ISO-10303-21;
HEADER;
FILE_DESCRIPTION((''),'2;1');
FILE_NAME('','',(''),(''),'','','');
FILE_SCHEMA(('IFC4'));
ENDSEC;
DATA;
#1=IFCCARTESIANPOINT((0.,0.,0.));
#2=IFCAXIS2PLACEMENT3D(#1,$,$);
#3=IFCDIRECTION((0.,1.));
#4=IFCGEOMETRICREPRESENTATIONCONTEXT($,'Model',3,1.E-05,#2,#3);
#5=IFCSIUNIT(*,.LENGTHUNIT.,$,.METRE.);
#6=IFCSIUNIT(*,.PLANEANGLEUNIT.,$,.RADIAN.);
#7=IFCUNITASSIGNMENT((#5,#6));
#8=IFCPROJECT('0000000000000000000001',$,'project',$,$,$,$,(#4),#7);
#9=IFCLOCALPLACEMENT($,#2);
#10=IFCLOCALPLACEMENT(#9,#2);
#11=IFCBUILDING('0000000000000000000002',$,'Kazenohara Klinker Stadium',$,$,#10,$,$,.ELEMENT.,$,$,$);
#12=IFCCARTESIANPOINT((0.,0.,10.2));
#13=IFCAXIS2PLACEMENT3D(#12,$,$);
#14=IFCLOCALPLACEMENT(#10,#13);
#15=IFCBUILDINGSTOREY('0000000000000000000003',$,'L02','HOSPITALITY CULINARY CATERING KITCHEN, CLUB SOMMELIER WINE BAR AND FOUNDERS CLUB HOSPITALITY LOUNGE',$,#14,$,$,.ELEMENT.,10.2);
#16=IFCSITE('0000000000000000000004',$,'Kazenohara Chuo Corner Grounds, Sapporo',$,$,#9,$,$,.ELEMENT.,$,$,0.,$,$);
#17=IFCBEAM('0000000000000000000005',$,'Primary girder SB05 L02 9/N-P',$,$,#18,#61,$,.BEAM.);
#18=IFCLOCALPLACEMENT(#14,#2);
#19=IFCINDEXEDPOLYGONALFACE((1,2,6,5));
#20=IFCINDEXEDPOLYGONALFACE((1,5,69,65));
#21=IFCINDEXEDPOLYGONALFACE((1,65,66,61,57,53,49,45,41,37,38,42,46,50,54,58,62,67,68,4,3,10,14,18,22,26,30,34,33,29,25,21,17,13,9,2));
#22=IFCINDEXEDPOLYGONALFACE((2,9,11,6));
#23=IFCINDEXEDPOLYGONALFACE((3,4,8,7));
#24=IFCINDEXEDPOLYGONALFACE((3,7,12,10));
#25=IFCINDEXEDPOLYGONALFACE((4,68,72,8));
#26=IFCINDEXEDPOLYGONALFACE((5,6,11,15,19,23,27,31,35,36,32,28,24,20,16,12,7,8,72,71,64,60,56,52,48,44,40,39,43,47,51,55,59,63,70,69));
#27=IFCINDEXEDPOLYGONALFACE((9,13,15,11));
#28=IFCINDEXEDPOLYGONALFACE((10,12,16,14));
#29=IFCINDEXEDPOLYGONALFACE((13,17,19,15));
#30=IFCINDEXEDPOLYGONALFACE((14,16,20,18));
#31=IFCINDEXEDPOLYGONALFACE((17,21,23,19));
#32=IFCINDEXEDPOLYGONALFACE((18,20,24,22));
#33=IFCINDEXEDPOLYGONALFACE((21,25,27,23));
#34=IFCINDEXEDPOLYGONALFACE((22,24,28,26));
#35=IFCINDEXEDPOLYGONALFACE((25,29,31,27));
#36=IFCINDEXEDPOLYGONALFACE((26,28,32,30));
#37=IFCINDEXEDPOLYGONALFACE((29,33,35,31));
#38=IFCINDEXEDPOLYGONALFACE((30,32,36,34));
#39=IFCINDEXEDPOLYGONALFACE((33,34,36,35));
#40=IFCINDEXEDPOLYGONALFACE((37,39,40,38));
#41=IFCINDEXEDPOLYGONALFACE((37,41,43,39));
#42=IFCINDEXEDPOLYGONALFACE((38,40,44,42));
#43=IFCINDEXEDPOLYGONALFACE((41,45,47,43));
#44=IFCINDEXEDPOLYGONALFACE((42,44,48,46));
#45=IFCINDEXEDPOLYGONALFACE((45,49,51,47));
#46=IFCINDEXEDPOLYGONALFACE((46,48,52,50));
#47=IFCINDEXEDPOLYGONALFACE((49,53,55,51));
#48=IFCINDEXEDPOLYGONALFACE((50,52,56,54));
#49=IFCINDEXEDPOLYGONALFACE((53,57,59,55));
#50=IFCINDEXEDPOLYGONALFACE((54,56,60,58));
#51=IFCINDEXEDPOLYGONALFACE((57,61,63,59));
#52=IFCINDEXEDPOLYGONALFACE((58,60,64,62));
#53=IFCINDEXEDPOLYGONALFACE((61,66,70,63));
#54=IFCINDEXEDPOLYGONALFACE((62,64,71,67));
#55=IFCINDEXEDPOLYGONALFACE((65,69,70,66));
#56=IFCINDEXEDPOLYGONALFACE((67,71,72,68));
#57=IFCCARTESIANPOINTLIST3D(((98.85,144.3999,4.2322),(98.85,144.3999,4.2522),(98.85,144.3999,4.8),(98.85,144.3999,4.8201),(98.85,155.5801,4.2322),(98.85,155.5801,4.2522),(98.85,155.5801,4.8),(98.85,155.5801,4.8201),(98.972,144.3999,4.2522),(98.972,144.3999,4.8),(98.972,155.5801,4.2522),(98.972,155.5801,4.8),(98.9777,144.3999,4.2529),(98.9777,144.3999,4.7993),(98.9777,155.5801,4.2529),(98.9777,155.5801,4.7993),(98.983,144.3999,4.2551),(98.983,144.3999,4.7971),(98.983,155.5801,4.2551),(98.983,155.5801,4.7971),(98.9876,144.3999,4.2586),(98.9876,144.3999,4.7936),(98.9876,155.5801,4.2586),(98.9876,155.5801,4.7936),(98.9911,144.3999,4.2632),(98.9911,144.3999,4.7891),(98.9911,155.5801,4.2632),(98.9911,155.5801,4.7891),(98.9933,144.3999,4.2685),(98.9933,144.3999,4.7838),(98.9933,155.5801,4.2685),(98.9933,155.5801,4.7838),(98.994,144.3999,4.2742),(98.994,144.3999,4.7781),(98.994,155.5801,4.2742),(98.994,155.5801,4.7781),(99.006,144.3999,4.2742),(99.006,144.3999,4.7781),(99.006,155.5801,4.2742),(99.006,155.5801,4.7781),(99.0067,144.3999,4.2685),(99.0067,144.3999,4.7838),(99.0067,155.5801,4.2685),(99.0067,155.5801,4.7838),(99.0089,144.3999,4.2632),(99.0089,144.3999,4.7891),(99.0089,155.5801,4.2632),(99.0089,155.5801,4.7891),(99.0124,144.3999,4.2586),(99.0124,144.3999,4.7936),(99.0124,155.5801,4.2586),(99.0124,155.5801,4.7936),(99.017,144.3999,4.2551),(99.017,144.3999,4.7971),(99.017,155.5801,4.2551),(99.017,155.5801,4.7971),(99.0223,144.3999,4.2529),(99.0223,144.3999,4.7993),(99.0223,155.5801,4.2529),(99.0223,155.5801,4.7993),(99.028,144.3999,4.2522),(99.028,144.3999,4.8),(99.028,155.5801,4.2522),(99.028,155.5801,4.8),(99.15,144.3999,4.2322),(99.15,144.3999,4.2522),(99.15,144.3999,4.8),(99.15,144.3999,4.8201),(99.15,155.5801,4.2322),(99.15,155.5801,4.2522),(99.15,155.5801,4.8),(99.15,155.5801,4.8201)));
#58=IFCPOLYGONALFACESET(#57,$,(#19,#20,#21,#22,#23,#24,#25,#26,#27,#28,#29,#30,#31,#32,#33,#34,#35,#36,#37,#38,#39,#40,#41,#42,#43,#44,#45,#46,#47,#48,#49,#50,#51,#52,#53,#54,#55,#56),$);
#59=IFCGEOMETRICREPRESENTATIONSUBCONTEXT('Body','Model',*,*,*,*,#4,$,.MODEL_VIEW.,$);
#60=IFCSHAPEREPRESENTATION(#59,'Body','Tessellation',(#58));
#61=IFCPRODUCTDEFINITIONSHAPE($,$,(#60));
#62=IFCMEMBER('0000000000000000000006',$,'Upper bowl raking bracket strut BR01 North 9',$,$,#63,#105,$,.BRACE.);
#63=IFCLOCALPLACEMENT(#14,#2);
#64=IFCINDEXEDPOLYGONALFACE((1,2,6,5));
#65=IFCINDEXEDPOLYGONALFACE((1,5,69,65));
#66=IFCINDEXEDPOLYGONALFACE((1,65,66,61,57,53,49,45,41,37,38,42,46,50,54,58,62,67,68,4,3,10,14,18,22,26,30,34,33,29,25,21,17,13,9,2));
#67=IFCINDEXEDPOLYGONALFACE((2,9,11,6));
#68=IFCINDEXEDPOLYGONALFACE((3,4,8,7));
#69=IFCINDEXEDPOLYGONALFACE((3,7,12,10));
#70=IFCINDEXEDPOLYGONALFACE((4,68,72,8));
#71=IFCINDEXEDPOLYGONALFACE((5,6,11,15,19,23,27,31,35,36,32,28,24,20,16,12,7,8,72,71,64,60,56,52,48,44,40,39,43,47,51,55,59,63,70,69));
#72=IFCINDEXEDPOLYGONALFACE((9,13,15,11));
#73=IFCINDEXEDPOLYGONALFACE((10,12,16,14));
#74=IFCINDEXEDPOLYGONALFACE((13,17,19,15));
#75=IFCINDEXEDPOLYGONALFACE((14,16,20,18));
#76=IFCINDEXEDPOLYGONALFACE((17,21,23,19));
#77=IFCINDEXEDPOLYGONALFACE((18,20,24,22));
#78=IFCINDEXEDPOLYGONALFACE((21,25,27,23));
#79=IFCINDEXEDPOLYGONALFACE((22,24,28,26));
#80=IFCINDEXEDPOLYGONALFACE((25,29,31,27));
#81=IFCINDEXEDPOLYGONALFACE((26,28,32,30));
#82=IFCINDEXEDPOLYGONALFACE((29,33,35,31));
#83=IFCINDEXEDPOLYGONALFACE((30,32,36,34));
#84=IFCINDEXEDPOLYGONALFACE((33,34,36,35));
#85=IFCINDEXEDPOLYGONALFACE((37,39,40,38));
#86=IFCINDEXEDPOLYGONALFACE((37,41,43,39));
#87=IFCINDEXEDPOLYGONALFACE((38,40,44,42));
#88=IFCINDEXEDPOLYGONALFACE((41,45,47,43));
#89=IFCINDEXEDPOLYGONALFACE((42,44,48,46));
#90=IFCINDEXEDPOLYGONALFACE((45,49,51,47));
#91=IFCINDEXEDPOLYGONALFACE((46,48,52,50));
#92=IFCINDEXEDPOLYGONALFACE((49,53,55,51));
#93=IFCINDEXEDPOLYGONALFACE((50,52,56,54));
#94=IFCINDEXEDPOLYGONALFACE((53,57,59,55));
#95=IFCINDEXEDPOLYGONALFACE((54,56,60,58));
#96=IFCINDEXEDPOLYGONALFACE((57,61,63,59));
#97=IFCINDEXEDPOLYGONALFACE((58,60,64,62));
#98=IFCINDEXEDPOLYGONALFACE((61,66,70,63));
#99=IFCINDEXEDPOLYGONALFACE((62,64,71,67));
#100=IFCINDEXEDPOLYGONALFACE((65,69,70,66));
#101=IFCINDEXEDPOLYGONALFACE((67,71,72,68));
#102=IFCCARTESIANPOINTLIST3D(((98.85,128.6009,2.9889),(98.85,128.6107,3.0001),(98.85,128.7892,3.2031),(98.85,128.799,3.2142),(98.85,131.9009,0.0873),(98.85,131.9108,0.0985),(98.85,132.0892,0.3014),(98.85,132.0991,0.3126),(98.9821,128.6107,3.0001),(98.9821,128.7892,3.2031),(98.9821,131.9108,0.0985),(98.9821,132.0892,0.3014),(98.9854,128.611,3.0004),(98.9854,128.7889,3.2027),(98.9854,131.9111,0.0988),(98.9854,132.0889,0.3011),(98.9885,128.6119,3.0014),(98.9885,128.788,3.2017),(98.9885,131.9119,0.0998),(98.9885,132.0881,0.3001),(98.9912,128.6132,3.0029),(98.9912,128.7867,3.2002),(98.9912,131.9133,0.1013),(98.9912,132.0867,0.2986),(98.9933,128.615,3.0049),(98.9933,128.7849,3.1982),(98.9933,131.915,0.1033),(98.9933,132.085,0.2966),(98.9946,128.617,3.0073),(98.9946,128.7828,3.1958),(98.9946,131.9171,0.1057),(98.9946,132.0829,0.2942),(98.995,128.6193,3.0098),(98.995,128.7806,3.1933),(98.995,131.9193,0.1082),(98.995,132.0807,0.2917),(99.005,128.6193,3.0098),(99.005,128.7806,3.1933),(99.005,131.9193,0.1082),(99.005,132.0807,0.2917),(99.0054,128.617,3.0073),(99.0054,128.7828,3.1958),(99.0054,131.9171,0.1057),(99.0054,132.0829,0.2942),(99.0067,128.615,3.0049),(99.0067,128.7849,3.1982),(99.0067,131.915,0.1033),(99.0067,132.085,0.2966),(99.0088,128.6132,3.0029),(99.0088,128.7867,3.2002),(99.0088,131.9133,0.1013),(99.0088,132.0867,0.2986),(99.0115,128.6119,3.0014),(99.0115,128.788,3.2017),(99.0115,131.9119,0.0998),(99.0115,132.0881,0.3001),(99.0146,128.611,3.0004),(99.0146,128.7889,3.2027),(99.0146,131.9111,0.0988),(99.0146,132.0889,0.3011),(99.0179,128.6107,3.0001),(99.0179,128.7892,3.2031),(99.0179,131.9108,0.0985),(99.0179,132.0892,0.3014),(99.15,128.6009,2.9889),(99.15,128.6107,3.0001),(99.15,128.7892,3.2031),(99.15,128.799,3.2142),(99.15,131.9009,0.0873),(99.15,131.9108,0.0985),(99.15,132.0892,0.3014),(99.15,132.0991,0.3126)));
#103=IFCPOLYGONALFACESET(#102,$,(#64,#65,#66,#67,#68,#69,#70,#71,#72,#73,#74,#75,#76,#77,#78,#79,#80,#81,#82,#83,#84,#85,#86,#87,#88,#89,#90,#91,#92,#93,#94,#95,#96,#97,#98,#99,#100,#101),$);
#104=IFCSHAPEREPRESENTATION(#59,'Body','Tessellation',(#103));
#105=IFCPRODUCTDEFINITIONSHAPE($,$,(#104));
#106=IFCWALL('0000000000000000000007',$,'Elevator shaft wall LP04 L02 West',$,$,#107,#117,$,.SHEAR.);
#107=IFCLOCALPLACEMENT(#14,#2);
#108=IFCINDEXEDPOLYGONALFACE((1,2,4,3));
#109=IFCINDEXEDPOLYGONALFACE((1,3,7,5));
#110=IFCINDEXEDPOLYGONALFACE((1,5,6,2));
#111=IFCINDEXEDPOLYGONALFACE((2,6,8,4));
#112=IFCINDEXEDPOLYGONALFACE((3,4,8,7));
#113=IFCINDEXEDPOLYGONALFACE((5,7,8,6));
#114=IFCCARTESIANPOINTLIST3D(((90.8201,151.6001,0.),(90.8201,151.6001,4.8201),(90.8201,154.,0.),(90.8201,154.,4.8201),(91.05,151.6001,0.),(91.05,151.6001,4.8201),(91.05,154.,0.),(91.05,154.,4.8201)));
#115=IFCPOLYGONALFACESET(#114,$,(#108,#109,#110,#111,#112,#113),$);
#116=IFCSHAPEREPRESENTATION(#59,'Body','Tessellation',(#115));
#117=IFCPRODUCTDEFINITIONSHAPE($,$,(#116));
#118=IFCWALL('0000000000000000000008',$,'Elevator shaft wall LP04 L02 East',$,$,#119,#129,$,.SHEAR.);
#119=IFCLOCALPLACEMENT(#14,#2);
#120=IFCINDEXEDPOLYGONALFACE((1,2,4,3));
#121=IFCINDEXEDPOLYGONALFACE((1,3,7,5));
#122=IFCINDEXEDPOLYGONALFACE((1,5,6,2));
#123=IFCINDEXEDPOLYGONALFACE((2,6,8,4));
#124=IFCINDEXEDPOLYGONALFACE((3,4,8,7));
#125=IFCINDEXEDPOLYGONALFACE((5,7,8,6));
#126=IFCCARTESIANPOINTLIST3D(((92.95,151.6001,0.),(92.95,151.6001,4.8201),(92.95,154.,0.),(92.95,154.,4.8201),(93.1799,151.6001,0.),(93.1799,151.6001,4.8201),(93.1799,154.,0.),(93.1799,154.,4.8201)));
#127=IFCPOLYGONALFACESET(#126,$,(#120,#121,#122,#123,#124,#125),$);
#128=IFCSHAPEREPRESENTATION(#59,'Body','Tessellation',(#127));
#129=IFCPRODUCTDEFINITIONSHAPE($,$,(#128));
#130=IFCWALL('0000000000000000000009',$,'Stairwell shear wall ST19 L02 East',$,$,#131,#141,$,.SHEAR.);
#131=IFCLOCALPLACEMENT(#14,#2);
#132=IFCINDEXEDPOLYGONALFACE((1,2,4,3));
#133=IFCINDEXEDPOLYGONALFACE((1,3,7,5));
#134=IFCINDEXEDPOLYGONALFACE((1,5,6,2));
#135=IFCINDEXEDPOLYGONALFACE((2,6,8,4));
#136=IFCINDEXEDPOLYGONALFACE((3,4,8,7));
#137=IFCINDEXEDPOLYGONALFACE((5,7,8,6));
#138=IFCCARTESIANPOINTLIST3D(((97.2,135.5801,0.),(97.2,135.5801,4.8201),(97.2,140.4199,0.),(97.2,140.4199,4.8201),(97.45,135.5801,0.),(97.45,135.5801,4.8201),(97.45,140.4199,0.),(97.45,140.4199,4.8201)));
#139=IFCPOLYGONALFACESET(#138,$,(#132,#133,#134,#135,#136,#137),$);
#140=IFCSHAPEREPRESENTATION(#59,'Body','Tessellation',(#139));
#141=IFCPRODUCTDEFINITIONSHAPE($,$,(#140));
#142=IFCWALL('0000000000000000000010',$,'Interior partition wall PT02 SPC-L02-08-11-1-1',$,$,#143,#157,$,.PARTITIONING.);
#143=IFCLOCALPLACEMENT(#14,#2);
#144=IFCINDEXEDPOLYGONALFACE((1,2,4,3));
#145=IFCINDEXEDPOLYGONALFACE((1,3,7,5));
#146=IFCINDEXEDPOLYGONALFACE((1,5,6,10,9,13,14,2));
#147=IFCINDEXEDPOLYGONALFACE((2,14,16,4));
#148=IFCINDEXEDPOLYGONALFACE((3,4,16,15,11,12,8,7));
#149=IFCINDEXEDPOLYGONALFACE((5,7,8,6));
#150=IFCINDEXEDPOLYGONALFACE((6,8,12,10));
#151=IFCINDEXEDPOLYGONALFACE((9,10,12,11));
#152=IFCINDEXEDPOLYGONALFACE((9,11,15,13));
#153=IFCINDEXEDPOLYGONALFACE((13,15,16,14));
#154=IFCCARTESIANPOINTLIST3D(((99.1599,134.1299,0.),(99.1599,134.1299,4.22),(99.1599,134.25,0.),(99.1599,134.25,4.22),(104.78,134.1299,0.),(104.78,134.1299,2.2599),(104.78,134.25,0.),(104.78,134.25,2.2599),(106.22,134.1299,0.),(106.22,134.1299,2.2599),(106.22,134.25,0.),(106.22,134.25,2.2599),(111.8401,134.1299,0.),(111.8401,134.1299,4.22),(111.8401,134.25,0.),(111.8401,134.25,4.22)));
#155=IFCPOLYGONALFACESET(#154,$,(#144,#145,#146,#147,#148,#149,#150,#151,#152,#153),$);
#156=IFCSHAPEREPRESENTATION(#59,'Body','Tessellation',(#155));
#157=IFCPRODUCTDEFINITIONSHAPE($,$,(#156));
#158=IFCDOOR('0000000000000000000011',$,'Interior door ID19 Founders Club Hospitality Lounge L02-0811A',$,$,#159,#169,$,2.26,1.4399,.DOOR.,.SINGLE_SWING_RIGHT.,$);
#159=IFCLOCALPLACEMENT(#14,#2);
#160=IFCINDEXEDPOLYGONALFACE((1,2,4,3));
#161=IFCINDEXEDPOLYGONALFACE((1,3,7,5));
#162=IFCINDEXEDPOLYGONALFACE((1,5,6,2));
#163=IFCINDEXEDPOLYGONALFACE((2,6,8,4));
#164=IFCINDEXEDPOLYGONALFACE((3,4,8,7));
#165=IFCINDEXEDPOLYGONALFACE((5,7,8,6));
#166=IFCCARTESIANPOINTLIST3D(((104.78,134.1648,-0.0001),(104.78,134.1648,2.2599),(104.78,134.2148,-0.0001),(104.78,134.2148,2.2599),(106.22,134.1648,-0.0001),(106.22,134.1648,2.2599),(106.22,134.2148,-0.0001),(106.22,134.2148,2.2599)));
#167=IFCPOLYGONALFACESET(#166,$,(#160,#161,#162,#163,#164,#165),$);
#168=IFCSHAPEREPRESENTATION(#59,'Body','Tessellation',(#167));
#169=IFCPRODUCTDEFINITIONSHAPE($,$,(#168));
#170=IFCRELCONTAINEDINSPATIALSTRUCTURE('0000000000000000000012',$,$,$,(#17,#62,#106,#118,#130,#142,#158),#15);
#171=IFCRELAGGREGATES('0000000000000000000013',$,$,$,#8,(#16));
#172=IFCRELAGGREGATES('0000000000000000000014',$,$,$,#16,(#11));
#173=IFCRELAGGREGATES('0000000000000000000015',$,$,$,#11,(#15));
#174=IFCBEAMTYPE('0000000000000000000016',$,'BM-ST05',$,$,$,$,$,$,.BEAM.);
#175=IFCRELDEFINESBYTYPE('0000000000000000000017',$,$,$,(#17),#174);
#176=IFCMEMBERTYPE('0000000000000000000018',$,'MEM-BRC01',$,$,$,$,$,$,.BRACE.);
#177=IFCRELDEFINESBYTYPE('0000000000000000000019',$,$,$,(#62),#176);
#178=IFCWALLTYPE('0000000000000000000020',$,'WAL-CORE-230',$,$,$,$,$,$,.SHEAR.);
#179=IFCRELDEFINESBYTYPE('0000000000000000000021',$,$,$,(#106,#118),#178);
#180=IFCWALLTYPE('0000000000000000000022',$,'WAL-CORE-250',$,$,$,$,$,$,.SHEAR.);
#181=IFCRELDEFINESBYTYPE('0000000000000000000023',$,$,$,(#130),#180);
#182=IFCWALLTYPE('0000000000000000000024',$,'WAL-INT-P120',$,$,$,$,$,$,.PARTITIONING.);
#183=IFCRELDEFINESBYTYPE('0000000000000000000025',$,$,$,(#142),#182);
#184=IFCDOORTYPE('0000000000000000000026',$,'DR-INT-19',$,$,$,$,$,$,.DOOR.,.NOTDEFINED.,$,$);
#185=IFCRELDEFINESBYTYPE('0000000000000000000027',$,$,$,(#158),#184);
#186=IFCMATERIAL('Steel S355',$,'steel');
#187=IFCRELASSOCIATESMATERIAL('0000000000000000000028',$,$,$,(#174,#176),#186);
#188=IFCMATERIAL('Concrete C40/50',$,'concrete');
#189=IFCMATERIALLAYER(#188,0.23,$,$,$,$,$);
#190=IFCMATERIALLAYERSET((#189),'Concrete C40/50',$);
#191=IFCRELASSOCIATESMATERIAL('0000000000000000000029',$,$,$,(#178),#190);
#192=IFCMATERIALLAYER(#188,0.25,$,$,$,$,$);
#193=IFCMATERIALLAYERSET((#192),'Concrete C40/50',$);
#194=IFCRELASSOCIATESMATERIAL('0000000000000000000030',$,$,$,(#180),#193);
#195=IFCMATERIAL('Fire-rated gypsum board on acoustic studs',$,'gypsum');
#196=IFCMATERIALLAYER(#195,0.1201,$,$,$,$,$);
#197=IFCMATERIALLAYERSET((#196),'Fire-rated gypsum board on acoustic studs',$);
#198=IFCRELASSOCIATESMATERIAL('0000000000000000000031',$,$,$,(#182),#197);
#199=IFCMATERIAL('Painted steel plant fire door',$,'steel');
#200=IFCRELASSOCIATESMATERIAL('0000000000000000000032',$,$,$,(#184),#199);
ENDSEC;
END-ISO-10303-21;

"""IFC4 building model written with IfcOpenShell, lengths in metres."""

from ifc_helpers import new_model, si_unit, direction, frame, frame_2d, origin, origin_2d, place, context, subcontext, project, spatial, rectangle, i_section, extrude, material, layer, layer_set, material_profile, profile_set, type_object, element, fill, save


model = new_model("IFC4")

# Units and contexts
model_context = context("Model", 3, precision=1e-05, world=origin(), true_north=direction((0.0, 1.0)))
body_context = subcontext(model_context, "Body", "Model", "MODEL_VIEW")
ifc_project = project(units=[si_unit("LENGTHUNIT", "METRE"), si_unit("PLANEANGLEUNIT", "RADIAN")], contexts=[model_context])

# Site, building, storey
site_placement = place(None, origin())
site = spatial("IfcSite", under=ifc_project, at=site_placement, Name="Kazenohara Chuo Corner Grounds, Sapporo", CompositionType="ELEMENT", RefElevation=0.0)
building_placement = place(site_placement, origin())
building = spatial("IfcBuilding", under=site, at=building_placement, Name="Kazenohara Klinker Stadium", CompositionType="ELEMENT")
storey_placement = place(building_placement, frame((0.0, 0.0, 10.2)))
storey = spatial("IfcBuildingStorey", under=building, at=storey_placement, Name="L02", Description="HOSPITALITY CULINARY CATERING KITCHEN, CLUB SOMMELIER WINE BAR AND FOUNDERS CLUB HOSPITALITY LOUNGE", CompositionType="ELEMENT", Elevation=10.2)

# Shared definitions
ifc_material_1 = material(Name="Concrete C40/50", Category="concrete")

# Beam
ifc_material_2 = material(Name="Steel S355", Category="steel")
ifc_material_profile_1 = material_profile(ifc_material_2, i_section(OverallWidth=0.3, OverallDepth=0.5879, WebThickness=0.012, FlangeThickness=0.02, FilletRadius=0.022, at=origin_2d()), Name="H-588x300x12x20")
ifc_profile_set_1 = profile_set([ifc_material_profile_1], Name="Steel S355")
beam_type_1 = type_object("IfcBeamType", Name="BM-ST05", PredefinedType="BEAM", material=ifc_profile_set_1)
beam_1_placement = place(storey_placement, frame((99.0, 144.3999, 4.5261), z_axis=(0.0, 1.0, 0.0), x_axis=(-1.0, 0.0, 0.0)))
element("IfcBeam", 1, at=beam_1_placement, inside=storey, type_object=beam_type_1, Name="Primary girder SB05 L02 9/N-P", PredefinedType="BEAM", context=body_context, shape_type="SweptSolid", body=[
    extrude(i_section(OverallWidth=0.3, OverallDepth=0.5879, WebThickness=0.012, FlangeThickness=0.02, FilletRadius=0.022, at=origin_2d()), origin(), (0.0, 0.0, 1.0), 11.1802),
])

# Member
ifc_material_profile_2 = material_profile(ifc_material_2, i_section(OverallWidth=0.3, OverallDepth=0.3, WebThickness=0.01, FlangeThickness=0.0149, FilletRadius=0.0129, at=origin_2d()), Name="H-300x300x10x15")
ifc_profile_set_2 = profile_set([ifc_material_profile_2], Name="Steel S355")
member_type = type_object("IfcMemberType", Name="MEM-BRC01", PredefinedType="BRACE", material=ifc_profile_set_2)
member_placement = place(storey_placement, frame((99.0, 132.0, 0.2), z_axis=(0.0, -0.750988, 0.660316), x_axis=(1.0, 0.0, 0.0)))
element("IfcMember", 2, at=member_placement, inside=storey, type_object=member_type, Name="Upper bowl raking bracket strut BR01 North 9", PredefinedType="BRACE", context=body_context, shape_type="SweptSolid", body=[
    extrude(i_section(OverallWidth=0.3, OverallDepth=0.3, WebThickness=0.01, FlangeThickness=0.0149, FilletRadius=0.0129, at=origin_2d()), origin(), (0.0, 0.0, 1.0), 4.3943),
])

# Shared definitions
ifc_layer_1 = layer(ifc_material_1, 0.23)
ifc_layer_set_1 = layer_set([ifc_layer_1], Name="Concrete C40/50")
wall_type_1 = type_object("IfcWallType", Name="WAL-CORE-230", PredefinedType="SHEAR", material=ifc_layer_set_1)

# Walls
for number, where, z_axis, x_axis, name in (
    (3, (90.9351, 151.6001, 0.0), (0.0, 0.0, 1.0), (0.0, 1.0, 0.0), "Elevator shaft wall LP04 L02 West"),
    (4, (93.0649, 151.6001, 0.0), (0.0, 0.0, 1.0), (0.0, 1.0, 0.0), "Elevator shaft wall LP04 L02 East"),
):
    element("IfcWall", number, at=place(storey_placement, frame(where, z_axis=z_axis, x_axis=x_axis)), inside=storey, type_object=wall_type_1, Name=name, PredefinedType="SHEAR", context=body_context, shape_type="SweptSolid", body=[
        extrude(rectangle(XDim=2.3999, YDim=0.23, at=frame_2d((1.2, 0.0))), origin(), (0.0, 0.0, 1.0), 4.8201),
    ])
ifc_layer_2 = layer(ifc_material_1, 0.25)
ifc_layer_set_2 = layer_set([ifc_layer_2], Name="Concrete C40/50")
wall_type_2 = type_object("IfcWallType", Name="WAL-CORE-250", PredefinedType="SHEAR", material=ifc_layer_set_2)
wall_1_placement = place(storey_placement, frame((97.325, 135.5801, 0.0), z_axis=(0.0, 0.0, 1.0), x_axis=(0.0, 1.0, 0.0)))
element("IfcWall", 5, at=wall_1_placement, inside=storey, type_object=wall_type_2, Name="Stairwell shear wall ST19 L02 East", PredefinedType="SHEAR", context=body_context, shape_type="SweptSolid", body=[
    extrude(rectangle(XDim=4.8398, YDim=0.25, at=frame_2d((2.4199, 0.0))), origin(), (0.0, 0.0, 1.0), 4.8201),
])

# Wall, opening, door
ifc_material_3 = material(Name="Fire-rated gypsum board on acoustic studs", Category="gypsum")
ifc_layer_3 = layer(ifc_material_3, 0.1201)
ifc_layer_set_3 = layer_set([ifc_layer_3], Name="Fire-rated gypsum board on acoustic studs")
wall_type_3 = type_object("IfcWallType", Name="WAL-INT-P120", PredefinedType="PARTITIONING", material=ifc_layer_set_3)
wall_2_placement = place(storey_placement, frame((99.1599, 134.1899, 0.0), z_axis=(0.0, 0.0, 1.0), x_axis=(1.0, 0.0, 0.0)))
wall_2 = element("IfcWall", 6, at=wall_2_placement, inside=storey, type_object=wall_type_3, Name="Interior partition wall PT02 SPC-L02-08-11-1-1", PredefinedType="PARTITIONING", context=body_context, shape_type="SweptSolid", body=[
    extrude(rectangle(XDim=12.6802, YDim=0.1201, at=frame_2d((6.3401, 0.0))), origin(), (0.0, 0.0, 1.0), 4.22),
])
opening_1_placement = place(wall_2_placement, frame((5.6201, 0.0, 0.0)))
opening_1 = element("IfcOpeningElement", 7, at=opening_1_placement, cuts=wall_2, PredefinedType="OPENING", context=body_context, shape_type="SweptSolid", body=[
    extrude(rectangle(XDim=1.4399, YDim=2.26, at=frame_2d((0.72, 1.1299))), frame((0.0, 0.0701, 0.0), z_axis=(0.0, -1.0, 0.0), x_axis=(1.0, 0.0, 0.0)), (0.0, 0.0, 1.0), 0.1401),
])
ifc_material_4 = material(Name="Painted steel plant fire door", Category="steel")
door_type_1 = type_object("IfcDoorType", Name="DR-INT-19", OperationType="NOTDEFINED", PredefinedType="DOOR", material=ifc_material_4)
door_1_placement = place(opening_1_placement, origin())
door_1 = element("IfcDoor", 8, at=door_1_placement, inside=storey, type_object=door_type_1, Name="Interior door ID19 Founders Club Hospitality Lounge L02-0811A", OperationType="SINGLE_SWING_RIGHT", OverallHeight=2.26, OverallWidth=1.4399, PredefinedType="DOOR", context=body_context, shape_type="SweptSolid", body=[
    extrude(rectangle(XDim=1.4399, YDim=2.26, at=frame_2d((0.72, 1.1299))), frame((0.0, 0.0249, 0.0), z_axis=(0.0, -1.0, 0.0), x_axis=(1.0, 0.0, 0.0)), (0.0, 0.0, 1.0), 0.05),
])
fill(opening_1, door_1)

save(model, "model.ifc")
